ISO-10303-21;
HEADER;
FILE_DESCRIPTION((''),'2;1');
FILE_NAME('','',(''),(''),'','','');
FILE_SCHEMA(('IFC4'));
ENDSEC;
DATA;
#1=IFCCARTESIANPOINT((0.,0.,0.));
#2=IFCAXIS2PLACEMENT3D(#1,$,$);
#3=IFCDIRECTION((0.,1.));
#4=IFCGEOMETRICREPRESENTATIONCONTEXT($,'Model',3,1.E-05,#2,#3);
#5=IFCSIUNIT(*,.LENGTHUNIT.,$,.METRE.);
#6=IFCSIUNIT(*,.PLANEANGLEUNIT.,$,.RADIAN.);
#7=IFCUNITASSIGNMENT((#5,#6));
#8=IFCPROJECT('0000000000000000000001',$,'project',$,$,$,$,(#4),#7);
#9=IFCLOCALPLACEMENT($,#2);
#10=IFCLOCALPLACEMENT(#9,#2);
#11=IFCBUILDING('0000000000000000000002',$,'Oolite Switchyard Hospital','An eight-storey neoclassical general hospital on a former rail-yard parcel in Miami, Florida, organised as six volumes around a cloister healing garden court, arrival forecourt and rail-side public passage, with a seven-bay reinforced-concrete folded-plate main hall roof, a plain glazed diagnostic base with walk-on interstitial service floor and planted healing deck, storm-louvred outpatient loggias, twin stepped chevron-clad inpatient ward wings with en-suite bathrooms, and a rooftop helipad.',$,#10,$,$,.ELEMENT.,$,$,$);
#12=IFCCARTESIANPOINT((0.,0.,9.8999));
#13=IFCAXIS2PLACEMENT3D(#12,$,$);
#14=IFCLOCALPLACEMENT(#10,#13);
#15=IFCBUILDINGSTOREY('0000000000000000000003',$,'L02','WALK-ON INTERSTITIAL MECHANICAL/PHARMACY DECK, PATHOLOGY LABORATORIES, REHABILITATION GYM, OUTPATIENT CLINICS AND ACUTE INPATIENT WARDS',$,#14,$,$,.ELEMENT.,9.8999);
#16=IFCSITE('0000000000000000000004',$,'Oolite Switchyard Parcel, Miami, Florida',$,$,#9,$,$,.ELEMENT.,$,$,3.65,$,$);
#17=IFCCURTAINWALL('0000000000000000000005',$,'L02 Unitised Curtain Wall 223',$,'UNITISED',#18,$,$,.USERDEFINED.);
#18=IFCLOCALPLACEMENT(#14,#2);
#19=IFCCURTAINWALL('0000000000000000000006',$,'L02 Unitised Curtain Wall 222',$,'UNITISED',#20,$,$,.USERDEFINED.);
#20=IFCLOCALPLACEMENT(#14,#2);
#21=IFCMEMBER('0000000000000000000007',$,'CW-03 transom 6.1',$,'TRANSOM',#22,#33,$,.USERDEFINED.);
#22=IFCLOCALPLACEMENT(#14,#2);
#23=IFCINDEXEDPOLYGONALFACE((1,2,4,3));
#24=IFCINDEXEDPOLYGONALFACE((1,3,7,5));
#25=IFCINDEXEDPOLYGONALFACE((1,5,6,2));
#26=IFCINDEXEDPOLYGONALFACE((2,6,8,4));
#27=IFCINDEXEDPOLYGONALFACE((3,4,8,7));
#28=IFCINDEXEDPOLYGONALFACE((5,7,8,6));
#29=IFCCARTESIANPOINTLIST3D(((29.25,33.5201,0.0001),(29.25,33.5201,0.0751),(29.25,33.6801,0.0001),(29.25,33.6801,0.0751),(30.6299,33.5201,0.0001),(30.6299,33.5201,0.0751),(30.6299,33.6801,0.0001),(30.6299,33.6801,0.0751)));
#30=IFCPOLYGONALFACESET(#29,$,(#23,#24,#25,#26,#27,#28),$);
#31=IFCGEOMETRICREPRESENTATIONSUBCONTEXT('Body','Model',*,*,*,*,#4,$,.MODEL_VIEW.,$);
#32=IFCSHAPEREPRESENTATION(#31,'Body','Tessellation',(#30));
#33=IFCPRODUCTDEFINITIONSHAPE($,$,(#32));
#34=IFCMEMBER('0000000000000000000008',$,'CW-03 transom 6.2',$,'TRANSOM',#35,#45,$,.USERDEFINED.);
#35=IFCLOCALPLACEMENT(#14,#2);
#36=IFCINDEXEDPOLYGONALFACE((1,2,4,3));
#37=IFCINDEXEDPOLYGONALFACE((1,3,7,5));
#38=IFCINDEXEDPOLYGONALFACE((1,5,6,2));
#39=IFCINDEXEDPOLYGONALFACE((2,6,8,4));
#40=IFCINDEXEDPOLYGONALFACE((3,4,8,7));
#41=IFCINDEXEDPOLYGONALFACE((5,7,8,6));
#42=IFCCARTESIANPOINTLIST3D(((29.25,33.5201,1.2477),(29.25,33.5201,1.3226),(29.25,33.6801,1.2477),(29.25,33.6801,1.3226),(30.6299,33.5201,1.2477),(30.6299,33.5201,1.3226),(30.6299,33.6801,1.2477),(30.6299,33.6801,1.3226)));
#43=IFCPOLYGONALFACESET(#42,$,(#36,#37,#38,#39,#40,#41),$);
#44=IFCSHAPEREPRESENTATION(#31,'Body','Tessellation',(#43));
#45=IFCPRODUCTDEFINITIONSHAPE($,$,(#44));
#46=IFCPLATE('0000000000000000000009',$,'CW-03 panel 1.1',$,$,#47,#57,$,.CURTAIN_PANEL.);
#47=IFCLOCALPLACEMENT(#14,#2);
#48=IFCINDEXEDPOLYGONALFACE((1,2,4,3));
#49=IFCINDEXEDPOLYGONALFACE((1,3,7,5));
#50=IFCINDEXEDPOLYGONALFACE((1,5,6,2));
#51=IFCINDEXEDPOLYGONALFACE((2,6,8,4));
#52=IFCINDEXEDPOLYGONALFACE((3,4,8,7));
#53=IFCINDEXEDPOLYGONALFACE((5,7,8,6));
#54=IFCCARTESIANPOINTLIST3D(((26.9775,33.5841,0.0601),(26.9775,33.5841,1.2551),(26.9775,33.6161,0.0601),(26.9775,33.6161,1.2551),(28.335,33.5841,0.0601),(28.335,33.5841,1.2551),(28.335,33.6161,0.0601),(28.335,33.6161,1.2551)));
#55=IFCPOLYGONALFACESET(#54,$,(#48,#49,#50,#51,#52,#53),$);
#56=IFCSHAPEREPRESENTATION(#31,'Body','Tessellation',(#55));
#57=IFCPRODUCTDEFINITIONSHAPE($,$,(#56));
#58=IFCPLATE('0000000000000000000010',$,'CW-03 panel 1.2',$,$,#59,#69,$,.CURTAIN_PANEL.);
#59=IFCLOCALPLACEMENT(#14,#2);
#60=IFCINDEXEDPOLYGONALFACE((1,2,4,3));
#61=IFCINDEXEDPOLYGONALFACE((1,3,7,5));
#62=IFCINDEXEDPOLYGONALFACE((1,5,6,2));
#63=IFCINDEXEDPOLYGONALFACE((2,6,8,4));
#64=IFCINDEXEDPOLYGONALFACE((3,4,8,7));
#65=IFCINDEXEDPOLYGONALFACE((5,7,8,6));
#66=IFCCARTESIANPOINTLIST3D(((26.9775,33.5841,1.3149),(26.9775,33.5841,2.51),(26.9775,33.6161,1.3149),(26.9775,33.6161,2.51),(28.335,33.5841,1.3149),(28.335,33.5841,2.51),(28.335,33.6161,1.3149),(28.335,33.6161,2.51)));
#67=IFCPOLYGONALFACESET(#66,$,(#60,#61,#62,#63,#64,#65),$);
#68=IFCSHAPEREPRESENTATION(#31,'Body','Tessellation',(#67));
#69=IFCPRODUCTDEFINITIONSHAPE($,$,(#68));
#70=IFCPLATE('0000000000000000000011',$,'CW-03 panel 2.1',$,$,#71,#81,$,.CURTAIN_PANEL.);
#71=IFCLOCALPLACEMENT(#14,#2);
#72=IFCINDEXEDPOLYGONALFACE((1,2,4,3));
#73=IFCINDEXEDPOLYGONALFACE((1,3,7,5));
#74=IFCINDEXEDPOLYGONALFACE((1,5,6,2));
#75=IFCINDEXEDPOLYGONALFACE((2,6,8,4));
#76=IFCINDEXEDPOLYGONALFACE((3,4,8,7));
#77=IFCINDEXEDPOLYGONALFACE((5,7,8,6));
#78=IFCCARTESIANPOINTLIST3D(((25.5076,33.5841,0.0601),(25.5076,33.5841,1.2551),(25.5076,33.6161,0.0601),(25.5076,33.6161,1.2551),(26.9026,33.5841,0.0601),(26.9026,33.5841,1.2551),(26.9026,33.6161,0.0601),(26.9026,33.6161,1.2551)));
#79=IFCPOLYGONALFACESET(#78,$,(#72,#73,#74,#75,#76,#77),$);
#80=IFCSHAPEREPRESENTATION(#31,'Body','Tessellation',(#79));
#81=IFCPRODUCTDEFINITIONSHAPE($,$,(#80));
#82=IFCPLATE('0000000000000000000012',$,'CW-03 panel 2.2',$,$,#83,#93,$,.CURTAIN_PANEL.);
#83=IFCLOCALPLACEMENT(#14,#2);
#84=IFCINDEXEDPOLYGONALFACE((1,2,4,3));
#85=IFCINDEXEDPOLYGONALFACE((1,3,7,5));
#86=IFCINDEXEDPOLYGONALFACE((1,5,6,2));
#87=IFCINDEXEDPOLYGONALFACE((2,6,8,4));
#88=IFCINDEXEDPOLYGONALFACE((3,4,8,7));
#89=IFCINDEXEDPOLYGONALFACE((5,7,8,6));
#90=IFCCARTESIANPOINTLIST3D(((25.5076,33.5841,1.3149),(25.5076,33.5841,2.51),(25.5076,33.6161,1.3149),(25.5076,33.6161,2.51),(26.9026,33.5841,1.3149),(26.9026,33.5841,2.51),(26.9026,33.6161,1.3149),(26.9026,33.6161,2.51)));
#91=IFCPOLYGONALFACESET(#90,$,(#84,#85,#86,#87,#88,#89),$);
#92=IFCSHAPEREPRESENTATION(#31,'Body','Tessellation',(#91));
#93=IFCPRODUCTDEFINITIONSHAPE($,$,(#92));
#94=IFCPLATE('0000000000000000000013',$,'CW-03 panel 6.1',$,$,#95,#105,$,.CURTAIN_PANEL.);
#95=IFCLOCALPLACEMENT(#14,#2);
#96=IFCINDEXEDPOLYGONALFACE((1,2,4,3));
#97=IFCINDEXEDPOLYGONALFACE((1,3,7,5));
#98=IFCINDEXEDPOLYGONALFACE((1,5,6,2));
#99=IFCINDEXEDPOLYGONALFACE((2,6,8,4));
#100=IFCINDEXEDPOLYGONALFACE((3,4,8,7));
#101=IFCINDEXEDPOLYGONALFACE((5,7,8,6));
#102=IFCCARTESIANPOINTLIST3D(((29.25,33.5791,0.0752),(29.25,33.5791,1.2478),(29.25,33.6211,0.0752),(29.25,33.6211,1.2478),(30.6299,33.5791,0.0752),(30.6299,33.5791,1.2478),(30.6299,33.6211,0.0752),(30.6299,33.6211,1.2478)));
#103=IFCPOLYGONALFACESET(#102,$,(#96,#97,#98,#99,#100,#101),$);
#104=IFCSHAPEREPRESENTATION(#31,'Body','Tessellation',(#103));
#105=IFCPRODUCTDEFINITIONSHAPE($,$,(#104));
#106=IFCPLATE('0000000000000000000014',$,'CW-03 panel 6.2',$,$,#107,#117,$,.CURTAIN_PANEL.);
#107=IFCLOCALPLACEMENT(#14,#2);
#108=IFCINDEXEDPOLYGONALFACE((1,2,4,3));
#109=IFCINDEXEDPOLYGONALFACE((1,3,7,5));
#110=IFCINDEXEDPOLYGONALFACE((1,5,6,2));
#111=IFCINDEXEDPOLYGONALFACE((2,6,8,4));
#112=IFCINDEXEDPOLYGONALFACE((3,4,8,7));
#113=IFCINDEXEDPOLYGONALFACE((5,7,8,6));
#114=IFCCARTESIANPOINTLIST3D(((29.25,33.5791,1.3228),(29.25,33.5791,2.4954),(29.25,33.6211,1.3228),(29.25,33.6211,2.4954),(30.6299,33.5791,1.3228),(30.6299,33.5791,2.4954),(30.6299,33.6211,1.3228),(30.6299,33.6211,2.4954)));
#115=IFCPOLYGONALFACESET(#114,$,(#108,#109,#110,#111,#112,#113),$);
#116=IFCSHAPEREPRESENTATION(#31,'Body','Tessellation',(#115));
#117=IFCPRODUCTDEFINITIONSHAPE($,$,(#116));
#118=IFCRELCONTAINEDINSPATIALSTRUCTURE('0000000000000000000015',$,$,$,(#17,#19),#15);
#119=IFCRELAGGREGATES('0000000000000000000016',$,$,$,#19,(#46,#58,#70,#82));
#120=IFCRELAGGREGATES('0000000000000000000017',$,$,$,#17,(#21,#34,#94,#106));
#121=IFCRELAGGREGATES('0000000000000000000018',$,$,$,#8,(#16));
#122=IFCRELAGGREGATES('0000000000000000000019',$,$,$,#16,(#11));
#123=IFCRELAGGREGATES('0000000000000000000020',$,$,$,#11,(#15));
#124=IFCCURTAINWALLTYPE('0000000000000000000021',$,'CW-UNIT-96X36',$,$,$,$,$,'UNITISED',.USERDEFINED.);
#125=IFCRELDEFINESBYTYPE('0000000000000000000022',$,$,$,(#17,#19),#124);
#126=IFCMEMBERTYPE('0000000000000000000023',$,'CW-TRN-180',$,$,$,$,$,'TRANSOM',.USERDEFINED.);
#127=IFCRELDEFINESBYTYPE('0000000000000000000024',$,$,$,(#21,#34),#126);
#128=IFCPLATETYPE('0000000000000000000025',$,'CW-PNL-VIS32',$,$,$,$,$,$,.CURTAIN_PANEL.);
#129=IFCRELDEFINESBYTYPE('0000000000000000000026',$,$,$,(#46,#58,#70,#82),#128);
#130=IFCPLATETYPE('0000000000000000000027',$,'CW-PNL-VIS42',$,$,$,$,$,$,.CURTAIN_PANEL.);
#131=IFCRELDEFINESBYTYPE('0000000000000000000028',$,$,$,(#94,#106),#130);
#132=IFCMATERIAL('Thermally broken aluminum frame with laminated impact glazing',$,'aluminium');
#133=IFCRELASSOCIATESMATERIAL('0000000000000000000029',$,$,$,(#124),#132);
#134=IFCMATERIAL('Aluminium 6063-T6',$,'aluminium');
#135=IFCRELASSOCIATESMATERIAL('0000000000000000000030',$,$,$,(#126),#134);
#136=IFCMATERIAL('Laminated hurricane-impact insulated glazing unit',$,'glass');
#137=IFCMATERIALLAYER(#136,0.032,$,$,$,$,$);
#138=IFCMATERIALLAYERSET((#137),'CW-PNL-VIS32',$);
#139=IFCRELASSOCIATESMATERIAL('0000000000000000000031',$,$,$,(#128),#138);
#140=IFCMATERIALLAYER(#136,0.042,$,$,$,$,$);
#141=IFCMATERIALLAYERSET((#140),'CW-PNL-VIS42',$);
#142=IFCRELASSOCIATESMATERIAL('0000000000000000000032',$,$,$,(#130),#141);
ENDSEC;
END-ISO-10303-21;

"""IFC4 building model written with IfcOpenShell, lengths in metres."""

from ifc_helpers import new_model, si_unit, direction, frame, origin, origin_2d, place, context, subcontext, project, spatial, rectangle, extrude, material, layer, layer_set, material_profile, profile_set, type_object, element, aggregate, save


model = new_model("IFC4")

# Units and contexts
model_context = context("Model", 3, precision=1e-05, world=origin(), true_north=direction((0.0, 1.0)))
body_context = subcontext(model_context, "Body", "Model", "MODEL_VIEW")
ifc_project = project(units=[si_unit("LENGTHUNIT", "METRE"), si_unit("PLANEANGLEUNIT", "RADIAN")], contexts=[model_context])

# Site, building, storey
site_placement = place(None, origin())
site = spatial("IfcSite", under=ifc_project, at=site_placement, Name="Oolite Switchyard Parcel, Miami, Florida", CompositionType="ELEMENT", RefElevation=3.65)
building_placement = place(site_placement, origin())
building = spatial("IfcBuilding", under=site, at=building_placement, Name="Oolite Switchyard Hospital", Description="An eight-storey neoclassical general hospital on a former rail-yard parcel in Miami, Florida, organised as six volumes around a cloister healing garden court, arrival forecourt and rail-side public passage, with a seven-bay reinforced-concrete folded-plate main hall roof, a plain glazed diagnostic base with walk-on interstitial service floor and planted healing deck, storm-louvred outpatient loggias, twin stepped chevron-clad inpatient ward wings with en-suite bathrooms, and a rooftop helipad.", CompositionType="ELEMENT")
storey_placement = place(building_placement, frame((0.0, 0.0, 9.8999)))
storey = spatial("IfcBuildingStorey", under=building, at=storey_placement, Name="L02", Description="WALK-ON INTERSTITIAL MECHANICAL/PHARMACY DECK, PATHOLOGY LABORATORIES, REHABILITATION GYM, OUTPATIENT CLINICS AND ACUTE INPATIENT WARDS", CompositionType="ELEMENT", Elevation=9.8999)

# Curtain wall
ifc_material_1 = material(Name="Thermally broken aluminum frame with laminated impact glazing", Category="aluminium")
curtain_wall_type = type_object("IfcCurtainWallType", Name="CW-UNIT-96X36", ElementType="UNITISED", PredefinedType="USERDEFINED", material=ifc_material_1)
curtain_wall_1_placement = place(storey_placement, origin())
curtain_wall_1 = element("IfcCurtainWall", 1, at=curtain_wall_1_placement, inside=storey, type_object=curtain_wall_type, Name="L02 Unitised Curtain Wall 223", ObjectType="UNITISED", PredefinedType="USERDEFINED")
ifc_material_2 = material(Name="Aluminium 6063-T6", Category="aluminium")

# Curtain wall
curtain_wall_2_placement = place(storey_placement, origin())
curtain_wall_2 = element("IfcCurtainWall", 2, at=curtain_wall_2_placement, inside=storey, type_object=curtain_wall_type, Name="L02 Unitised Curtain Wall 222", ObjectType="UNITISED", PredefinedType="USERDEFINED")

# Members
ifc_material_profile_1 = material_profile(ifc_material_2, rectangle(XDim=0.1599, YDim=0.075, at=origin_2d()), Name="CWT75X160")
ifc_profile_set_1 = profile_set([ifc_material_profile_1], Name="Aluminium 6063-T6")
member_type_1 = type_object("IfcMemberType", Name="CW-TRN-180", ElementType="TRANSOM", PredefinedType="USERDEFINED", material=ifc_profile_set_1)
member_1_placement = place(storey_placement, frame((30.6299, 33.6001, 0.0376), z_axis=(-1.0, 0.0, 0.0), x_axis=(0.0, -1.0, 0.0)))
member_1 = element("IfcMember", 3, at=member_1_placement, type_object=member_type_1, Name="CW-03 transom 6.1", ObjectType="TRANSOM", PredefinedType="USERDEFINED", context=body_context, shape_type="SweptSolid", body=[
    extrude(rectangle(XDim=0.1599, YDim=0.075, at=origin_2d()), origin(), (0.0, 0.0, 1.0), 1.3799),
])
member_2_placement = place(storey_placement, frame((30.6299, 33.6001, 1.2852), z_axis=(-1.0, 0.0, 0.0), x_axis=(0.0, -1.0, 0.0)))
member_2 = element("IfcMember", 4, at=member_2_placement, type_object=member_type_1, Name="CW-03 transom 6.2", ObjectType="TRANSOM", PredefinedType="USERDEFINED", context=body_context, shape_type="SweptSolid", body=[
    extrude(rectangle(XDim=0.1599, YDim=0.075, at=origin_2d()), origin(), (0.0, 0.0, 1.0), 1.3799),
])

# Plates
ifc_material_3 = material(Name="Laminated hurricane-impact insulated glazing unit", Category="glass")
ifc_layer_1 = layer(ifc_material_3, 0.032)
ifc_layer_set_1 = layer_set([ifc_layer_1], Name="CW-PNL-VIS32")
plate_type_1 = type_object("IfcPlateType", Name="CW-PNL-VIS32", PredefinedType="CURTAIN_PANEL", material=ifc_layer_set_1)
plate_1_placement = place(storey_placement, frame((27.6562, 33.6001, 0.0601), z_axis=(0.0, 0.0, 1.0), x_axis=(-1.0, 0.0, 0.0)))
plate_1 = element("IfcPlate", 5, at=plate_1_placement, type_object=plate_type_1, Name="CW-03 panel 1.1", PredefinedType="CURTAIN_PANEL", context=body_context, shape_type="SweptSolid", body=[
    extrude(rectangle(XDim=1.3574, YDim=0.032, at=origin_2d()), origin(), (0.0, 0.0, 1.0), 1.1951),
])
plate_2_placement = place(storey_placement, frame((27.6562, 33.6001, 1.3149), z_axis=(0.0, 0.0, 1.0), x_axis=(-1.0, 0.0, 0.0)))
plate_2 = element("IfcPlate", 6, at=plate_2_placement, type_object=plate_type_1, Name="CW-03 panel 1.2", PredefinedType="CURTAIN_PANEL", context=body_context, shape_type="SweptSolid", body=[
    extrude(rectangle(XDim=1.3574, YDim=0.032, at=origin_2d()), origin(), (0.0, 0.0, 1.0), 1.1951),
])
plate_3_placement = place(storey_placement, frame((26.2051, 33.6001, 0.0601), z_axis=(0.0, 0.0, 1.0), x_axis=(-1.0, 0.0, 0.0)))
plate_3 = element("IfcPlate", 7, at=plate_3_placement, type_object=plate_type_1, Name="CW-03 panel 2.1", PredefinedType="CURTAIN_PANEL", context=body_context, shape_type="SweptSolid", body=[
    extrude(rectangle(XDim=1.395, YDim=0.032, at=origin_2d()), origin(), (0.0, 0.0, 1.0), 1.1951),
])
plate_4_placement = place(storey_placement, frame((26.2051, 33.6001, 1.3149), z_axis=(0.0, 0.0, 1.0), x_axis=(-1.0, 0.0, 0.0)))
plate_4 = element("IfcPlate", 8, at=plate_4_placement, type_object=plate_type_1, Name="CW-03 panel 2.2", PredefinedType="CURTAIN_PANEL", context=body_context, shape_type="SweptSolid", body=[
    extrude(rectangle(XDim=1.395, YDim=0.032, at=origin_2d()), origin(), (0.0, 0.0, 1.0), 1.1951),
])
aggregate(curtain_wall_2, [plate_1, plate_2, plate_3, plate_4])
ifc_layer_2 = layer(ifc_material_3, 0.042)
ifc_layer_set_2 = layer_set([ifc_layer_2], Name="CW-PNL-VIS42")
plate_type_2 = type_object("IfcPlateType", Name="CW-PNL-VIS42", PredefinedType="CURTAIN_PANEL", material=ifc_layer_set_2)
plate_5_placement = place(storey_placement, frame((29.9399, 33.6001, 0.0752), z_axis=(0.0, 0.0, 1.0), x_axis=(-1.0, 0.0, 0.0)))
plate_5 = element("IfcPlate", 9, at=plate_5_placement, type_object=plate_type_2, Name="CW-03 panel 6.1", PredefinedType="CURTAIN_PANEL", context=body_context, shape_type="SweptSolid", body=[
    extrude(rectangle(XDim=1.3799, YDim=0.042, at=origin_2d()), origin(), (0.0, 0.0, 1.0), 1.1726),
])
plate_6_placement = place(storey_placement, frame((29.9399, 33.6001, 1.3228), z_axis=(0.0, 0.0, 1.0), x_axis=(-1.0, 0.0, 0.0)))
plate_6 = element("IfcPlate", 10, at=plate_6_placement, type_object=plate_type_2, Name="CW-03 panel 6.2", PredefinedType="CURTAIN_PANEL", context=body_context, shape_type="SweptSolid", body=[
    extrude(rectangle(XDim=1.3799, YDim=0.042, at=origin_2d()), origin(), (0.0, 0.0, 1.0), 1.1726),
])
aggregate(curtain_wall_1, [member_1, member_2, plate_5, plate_6])

save(model, "model.ifc")
